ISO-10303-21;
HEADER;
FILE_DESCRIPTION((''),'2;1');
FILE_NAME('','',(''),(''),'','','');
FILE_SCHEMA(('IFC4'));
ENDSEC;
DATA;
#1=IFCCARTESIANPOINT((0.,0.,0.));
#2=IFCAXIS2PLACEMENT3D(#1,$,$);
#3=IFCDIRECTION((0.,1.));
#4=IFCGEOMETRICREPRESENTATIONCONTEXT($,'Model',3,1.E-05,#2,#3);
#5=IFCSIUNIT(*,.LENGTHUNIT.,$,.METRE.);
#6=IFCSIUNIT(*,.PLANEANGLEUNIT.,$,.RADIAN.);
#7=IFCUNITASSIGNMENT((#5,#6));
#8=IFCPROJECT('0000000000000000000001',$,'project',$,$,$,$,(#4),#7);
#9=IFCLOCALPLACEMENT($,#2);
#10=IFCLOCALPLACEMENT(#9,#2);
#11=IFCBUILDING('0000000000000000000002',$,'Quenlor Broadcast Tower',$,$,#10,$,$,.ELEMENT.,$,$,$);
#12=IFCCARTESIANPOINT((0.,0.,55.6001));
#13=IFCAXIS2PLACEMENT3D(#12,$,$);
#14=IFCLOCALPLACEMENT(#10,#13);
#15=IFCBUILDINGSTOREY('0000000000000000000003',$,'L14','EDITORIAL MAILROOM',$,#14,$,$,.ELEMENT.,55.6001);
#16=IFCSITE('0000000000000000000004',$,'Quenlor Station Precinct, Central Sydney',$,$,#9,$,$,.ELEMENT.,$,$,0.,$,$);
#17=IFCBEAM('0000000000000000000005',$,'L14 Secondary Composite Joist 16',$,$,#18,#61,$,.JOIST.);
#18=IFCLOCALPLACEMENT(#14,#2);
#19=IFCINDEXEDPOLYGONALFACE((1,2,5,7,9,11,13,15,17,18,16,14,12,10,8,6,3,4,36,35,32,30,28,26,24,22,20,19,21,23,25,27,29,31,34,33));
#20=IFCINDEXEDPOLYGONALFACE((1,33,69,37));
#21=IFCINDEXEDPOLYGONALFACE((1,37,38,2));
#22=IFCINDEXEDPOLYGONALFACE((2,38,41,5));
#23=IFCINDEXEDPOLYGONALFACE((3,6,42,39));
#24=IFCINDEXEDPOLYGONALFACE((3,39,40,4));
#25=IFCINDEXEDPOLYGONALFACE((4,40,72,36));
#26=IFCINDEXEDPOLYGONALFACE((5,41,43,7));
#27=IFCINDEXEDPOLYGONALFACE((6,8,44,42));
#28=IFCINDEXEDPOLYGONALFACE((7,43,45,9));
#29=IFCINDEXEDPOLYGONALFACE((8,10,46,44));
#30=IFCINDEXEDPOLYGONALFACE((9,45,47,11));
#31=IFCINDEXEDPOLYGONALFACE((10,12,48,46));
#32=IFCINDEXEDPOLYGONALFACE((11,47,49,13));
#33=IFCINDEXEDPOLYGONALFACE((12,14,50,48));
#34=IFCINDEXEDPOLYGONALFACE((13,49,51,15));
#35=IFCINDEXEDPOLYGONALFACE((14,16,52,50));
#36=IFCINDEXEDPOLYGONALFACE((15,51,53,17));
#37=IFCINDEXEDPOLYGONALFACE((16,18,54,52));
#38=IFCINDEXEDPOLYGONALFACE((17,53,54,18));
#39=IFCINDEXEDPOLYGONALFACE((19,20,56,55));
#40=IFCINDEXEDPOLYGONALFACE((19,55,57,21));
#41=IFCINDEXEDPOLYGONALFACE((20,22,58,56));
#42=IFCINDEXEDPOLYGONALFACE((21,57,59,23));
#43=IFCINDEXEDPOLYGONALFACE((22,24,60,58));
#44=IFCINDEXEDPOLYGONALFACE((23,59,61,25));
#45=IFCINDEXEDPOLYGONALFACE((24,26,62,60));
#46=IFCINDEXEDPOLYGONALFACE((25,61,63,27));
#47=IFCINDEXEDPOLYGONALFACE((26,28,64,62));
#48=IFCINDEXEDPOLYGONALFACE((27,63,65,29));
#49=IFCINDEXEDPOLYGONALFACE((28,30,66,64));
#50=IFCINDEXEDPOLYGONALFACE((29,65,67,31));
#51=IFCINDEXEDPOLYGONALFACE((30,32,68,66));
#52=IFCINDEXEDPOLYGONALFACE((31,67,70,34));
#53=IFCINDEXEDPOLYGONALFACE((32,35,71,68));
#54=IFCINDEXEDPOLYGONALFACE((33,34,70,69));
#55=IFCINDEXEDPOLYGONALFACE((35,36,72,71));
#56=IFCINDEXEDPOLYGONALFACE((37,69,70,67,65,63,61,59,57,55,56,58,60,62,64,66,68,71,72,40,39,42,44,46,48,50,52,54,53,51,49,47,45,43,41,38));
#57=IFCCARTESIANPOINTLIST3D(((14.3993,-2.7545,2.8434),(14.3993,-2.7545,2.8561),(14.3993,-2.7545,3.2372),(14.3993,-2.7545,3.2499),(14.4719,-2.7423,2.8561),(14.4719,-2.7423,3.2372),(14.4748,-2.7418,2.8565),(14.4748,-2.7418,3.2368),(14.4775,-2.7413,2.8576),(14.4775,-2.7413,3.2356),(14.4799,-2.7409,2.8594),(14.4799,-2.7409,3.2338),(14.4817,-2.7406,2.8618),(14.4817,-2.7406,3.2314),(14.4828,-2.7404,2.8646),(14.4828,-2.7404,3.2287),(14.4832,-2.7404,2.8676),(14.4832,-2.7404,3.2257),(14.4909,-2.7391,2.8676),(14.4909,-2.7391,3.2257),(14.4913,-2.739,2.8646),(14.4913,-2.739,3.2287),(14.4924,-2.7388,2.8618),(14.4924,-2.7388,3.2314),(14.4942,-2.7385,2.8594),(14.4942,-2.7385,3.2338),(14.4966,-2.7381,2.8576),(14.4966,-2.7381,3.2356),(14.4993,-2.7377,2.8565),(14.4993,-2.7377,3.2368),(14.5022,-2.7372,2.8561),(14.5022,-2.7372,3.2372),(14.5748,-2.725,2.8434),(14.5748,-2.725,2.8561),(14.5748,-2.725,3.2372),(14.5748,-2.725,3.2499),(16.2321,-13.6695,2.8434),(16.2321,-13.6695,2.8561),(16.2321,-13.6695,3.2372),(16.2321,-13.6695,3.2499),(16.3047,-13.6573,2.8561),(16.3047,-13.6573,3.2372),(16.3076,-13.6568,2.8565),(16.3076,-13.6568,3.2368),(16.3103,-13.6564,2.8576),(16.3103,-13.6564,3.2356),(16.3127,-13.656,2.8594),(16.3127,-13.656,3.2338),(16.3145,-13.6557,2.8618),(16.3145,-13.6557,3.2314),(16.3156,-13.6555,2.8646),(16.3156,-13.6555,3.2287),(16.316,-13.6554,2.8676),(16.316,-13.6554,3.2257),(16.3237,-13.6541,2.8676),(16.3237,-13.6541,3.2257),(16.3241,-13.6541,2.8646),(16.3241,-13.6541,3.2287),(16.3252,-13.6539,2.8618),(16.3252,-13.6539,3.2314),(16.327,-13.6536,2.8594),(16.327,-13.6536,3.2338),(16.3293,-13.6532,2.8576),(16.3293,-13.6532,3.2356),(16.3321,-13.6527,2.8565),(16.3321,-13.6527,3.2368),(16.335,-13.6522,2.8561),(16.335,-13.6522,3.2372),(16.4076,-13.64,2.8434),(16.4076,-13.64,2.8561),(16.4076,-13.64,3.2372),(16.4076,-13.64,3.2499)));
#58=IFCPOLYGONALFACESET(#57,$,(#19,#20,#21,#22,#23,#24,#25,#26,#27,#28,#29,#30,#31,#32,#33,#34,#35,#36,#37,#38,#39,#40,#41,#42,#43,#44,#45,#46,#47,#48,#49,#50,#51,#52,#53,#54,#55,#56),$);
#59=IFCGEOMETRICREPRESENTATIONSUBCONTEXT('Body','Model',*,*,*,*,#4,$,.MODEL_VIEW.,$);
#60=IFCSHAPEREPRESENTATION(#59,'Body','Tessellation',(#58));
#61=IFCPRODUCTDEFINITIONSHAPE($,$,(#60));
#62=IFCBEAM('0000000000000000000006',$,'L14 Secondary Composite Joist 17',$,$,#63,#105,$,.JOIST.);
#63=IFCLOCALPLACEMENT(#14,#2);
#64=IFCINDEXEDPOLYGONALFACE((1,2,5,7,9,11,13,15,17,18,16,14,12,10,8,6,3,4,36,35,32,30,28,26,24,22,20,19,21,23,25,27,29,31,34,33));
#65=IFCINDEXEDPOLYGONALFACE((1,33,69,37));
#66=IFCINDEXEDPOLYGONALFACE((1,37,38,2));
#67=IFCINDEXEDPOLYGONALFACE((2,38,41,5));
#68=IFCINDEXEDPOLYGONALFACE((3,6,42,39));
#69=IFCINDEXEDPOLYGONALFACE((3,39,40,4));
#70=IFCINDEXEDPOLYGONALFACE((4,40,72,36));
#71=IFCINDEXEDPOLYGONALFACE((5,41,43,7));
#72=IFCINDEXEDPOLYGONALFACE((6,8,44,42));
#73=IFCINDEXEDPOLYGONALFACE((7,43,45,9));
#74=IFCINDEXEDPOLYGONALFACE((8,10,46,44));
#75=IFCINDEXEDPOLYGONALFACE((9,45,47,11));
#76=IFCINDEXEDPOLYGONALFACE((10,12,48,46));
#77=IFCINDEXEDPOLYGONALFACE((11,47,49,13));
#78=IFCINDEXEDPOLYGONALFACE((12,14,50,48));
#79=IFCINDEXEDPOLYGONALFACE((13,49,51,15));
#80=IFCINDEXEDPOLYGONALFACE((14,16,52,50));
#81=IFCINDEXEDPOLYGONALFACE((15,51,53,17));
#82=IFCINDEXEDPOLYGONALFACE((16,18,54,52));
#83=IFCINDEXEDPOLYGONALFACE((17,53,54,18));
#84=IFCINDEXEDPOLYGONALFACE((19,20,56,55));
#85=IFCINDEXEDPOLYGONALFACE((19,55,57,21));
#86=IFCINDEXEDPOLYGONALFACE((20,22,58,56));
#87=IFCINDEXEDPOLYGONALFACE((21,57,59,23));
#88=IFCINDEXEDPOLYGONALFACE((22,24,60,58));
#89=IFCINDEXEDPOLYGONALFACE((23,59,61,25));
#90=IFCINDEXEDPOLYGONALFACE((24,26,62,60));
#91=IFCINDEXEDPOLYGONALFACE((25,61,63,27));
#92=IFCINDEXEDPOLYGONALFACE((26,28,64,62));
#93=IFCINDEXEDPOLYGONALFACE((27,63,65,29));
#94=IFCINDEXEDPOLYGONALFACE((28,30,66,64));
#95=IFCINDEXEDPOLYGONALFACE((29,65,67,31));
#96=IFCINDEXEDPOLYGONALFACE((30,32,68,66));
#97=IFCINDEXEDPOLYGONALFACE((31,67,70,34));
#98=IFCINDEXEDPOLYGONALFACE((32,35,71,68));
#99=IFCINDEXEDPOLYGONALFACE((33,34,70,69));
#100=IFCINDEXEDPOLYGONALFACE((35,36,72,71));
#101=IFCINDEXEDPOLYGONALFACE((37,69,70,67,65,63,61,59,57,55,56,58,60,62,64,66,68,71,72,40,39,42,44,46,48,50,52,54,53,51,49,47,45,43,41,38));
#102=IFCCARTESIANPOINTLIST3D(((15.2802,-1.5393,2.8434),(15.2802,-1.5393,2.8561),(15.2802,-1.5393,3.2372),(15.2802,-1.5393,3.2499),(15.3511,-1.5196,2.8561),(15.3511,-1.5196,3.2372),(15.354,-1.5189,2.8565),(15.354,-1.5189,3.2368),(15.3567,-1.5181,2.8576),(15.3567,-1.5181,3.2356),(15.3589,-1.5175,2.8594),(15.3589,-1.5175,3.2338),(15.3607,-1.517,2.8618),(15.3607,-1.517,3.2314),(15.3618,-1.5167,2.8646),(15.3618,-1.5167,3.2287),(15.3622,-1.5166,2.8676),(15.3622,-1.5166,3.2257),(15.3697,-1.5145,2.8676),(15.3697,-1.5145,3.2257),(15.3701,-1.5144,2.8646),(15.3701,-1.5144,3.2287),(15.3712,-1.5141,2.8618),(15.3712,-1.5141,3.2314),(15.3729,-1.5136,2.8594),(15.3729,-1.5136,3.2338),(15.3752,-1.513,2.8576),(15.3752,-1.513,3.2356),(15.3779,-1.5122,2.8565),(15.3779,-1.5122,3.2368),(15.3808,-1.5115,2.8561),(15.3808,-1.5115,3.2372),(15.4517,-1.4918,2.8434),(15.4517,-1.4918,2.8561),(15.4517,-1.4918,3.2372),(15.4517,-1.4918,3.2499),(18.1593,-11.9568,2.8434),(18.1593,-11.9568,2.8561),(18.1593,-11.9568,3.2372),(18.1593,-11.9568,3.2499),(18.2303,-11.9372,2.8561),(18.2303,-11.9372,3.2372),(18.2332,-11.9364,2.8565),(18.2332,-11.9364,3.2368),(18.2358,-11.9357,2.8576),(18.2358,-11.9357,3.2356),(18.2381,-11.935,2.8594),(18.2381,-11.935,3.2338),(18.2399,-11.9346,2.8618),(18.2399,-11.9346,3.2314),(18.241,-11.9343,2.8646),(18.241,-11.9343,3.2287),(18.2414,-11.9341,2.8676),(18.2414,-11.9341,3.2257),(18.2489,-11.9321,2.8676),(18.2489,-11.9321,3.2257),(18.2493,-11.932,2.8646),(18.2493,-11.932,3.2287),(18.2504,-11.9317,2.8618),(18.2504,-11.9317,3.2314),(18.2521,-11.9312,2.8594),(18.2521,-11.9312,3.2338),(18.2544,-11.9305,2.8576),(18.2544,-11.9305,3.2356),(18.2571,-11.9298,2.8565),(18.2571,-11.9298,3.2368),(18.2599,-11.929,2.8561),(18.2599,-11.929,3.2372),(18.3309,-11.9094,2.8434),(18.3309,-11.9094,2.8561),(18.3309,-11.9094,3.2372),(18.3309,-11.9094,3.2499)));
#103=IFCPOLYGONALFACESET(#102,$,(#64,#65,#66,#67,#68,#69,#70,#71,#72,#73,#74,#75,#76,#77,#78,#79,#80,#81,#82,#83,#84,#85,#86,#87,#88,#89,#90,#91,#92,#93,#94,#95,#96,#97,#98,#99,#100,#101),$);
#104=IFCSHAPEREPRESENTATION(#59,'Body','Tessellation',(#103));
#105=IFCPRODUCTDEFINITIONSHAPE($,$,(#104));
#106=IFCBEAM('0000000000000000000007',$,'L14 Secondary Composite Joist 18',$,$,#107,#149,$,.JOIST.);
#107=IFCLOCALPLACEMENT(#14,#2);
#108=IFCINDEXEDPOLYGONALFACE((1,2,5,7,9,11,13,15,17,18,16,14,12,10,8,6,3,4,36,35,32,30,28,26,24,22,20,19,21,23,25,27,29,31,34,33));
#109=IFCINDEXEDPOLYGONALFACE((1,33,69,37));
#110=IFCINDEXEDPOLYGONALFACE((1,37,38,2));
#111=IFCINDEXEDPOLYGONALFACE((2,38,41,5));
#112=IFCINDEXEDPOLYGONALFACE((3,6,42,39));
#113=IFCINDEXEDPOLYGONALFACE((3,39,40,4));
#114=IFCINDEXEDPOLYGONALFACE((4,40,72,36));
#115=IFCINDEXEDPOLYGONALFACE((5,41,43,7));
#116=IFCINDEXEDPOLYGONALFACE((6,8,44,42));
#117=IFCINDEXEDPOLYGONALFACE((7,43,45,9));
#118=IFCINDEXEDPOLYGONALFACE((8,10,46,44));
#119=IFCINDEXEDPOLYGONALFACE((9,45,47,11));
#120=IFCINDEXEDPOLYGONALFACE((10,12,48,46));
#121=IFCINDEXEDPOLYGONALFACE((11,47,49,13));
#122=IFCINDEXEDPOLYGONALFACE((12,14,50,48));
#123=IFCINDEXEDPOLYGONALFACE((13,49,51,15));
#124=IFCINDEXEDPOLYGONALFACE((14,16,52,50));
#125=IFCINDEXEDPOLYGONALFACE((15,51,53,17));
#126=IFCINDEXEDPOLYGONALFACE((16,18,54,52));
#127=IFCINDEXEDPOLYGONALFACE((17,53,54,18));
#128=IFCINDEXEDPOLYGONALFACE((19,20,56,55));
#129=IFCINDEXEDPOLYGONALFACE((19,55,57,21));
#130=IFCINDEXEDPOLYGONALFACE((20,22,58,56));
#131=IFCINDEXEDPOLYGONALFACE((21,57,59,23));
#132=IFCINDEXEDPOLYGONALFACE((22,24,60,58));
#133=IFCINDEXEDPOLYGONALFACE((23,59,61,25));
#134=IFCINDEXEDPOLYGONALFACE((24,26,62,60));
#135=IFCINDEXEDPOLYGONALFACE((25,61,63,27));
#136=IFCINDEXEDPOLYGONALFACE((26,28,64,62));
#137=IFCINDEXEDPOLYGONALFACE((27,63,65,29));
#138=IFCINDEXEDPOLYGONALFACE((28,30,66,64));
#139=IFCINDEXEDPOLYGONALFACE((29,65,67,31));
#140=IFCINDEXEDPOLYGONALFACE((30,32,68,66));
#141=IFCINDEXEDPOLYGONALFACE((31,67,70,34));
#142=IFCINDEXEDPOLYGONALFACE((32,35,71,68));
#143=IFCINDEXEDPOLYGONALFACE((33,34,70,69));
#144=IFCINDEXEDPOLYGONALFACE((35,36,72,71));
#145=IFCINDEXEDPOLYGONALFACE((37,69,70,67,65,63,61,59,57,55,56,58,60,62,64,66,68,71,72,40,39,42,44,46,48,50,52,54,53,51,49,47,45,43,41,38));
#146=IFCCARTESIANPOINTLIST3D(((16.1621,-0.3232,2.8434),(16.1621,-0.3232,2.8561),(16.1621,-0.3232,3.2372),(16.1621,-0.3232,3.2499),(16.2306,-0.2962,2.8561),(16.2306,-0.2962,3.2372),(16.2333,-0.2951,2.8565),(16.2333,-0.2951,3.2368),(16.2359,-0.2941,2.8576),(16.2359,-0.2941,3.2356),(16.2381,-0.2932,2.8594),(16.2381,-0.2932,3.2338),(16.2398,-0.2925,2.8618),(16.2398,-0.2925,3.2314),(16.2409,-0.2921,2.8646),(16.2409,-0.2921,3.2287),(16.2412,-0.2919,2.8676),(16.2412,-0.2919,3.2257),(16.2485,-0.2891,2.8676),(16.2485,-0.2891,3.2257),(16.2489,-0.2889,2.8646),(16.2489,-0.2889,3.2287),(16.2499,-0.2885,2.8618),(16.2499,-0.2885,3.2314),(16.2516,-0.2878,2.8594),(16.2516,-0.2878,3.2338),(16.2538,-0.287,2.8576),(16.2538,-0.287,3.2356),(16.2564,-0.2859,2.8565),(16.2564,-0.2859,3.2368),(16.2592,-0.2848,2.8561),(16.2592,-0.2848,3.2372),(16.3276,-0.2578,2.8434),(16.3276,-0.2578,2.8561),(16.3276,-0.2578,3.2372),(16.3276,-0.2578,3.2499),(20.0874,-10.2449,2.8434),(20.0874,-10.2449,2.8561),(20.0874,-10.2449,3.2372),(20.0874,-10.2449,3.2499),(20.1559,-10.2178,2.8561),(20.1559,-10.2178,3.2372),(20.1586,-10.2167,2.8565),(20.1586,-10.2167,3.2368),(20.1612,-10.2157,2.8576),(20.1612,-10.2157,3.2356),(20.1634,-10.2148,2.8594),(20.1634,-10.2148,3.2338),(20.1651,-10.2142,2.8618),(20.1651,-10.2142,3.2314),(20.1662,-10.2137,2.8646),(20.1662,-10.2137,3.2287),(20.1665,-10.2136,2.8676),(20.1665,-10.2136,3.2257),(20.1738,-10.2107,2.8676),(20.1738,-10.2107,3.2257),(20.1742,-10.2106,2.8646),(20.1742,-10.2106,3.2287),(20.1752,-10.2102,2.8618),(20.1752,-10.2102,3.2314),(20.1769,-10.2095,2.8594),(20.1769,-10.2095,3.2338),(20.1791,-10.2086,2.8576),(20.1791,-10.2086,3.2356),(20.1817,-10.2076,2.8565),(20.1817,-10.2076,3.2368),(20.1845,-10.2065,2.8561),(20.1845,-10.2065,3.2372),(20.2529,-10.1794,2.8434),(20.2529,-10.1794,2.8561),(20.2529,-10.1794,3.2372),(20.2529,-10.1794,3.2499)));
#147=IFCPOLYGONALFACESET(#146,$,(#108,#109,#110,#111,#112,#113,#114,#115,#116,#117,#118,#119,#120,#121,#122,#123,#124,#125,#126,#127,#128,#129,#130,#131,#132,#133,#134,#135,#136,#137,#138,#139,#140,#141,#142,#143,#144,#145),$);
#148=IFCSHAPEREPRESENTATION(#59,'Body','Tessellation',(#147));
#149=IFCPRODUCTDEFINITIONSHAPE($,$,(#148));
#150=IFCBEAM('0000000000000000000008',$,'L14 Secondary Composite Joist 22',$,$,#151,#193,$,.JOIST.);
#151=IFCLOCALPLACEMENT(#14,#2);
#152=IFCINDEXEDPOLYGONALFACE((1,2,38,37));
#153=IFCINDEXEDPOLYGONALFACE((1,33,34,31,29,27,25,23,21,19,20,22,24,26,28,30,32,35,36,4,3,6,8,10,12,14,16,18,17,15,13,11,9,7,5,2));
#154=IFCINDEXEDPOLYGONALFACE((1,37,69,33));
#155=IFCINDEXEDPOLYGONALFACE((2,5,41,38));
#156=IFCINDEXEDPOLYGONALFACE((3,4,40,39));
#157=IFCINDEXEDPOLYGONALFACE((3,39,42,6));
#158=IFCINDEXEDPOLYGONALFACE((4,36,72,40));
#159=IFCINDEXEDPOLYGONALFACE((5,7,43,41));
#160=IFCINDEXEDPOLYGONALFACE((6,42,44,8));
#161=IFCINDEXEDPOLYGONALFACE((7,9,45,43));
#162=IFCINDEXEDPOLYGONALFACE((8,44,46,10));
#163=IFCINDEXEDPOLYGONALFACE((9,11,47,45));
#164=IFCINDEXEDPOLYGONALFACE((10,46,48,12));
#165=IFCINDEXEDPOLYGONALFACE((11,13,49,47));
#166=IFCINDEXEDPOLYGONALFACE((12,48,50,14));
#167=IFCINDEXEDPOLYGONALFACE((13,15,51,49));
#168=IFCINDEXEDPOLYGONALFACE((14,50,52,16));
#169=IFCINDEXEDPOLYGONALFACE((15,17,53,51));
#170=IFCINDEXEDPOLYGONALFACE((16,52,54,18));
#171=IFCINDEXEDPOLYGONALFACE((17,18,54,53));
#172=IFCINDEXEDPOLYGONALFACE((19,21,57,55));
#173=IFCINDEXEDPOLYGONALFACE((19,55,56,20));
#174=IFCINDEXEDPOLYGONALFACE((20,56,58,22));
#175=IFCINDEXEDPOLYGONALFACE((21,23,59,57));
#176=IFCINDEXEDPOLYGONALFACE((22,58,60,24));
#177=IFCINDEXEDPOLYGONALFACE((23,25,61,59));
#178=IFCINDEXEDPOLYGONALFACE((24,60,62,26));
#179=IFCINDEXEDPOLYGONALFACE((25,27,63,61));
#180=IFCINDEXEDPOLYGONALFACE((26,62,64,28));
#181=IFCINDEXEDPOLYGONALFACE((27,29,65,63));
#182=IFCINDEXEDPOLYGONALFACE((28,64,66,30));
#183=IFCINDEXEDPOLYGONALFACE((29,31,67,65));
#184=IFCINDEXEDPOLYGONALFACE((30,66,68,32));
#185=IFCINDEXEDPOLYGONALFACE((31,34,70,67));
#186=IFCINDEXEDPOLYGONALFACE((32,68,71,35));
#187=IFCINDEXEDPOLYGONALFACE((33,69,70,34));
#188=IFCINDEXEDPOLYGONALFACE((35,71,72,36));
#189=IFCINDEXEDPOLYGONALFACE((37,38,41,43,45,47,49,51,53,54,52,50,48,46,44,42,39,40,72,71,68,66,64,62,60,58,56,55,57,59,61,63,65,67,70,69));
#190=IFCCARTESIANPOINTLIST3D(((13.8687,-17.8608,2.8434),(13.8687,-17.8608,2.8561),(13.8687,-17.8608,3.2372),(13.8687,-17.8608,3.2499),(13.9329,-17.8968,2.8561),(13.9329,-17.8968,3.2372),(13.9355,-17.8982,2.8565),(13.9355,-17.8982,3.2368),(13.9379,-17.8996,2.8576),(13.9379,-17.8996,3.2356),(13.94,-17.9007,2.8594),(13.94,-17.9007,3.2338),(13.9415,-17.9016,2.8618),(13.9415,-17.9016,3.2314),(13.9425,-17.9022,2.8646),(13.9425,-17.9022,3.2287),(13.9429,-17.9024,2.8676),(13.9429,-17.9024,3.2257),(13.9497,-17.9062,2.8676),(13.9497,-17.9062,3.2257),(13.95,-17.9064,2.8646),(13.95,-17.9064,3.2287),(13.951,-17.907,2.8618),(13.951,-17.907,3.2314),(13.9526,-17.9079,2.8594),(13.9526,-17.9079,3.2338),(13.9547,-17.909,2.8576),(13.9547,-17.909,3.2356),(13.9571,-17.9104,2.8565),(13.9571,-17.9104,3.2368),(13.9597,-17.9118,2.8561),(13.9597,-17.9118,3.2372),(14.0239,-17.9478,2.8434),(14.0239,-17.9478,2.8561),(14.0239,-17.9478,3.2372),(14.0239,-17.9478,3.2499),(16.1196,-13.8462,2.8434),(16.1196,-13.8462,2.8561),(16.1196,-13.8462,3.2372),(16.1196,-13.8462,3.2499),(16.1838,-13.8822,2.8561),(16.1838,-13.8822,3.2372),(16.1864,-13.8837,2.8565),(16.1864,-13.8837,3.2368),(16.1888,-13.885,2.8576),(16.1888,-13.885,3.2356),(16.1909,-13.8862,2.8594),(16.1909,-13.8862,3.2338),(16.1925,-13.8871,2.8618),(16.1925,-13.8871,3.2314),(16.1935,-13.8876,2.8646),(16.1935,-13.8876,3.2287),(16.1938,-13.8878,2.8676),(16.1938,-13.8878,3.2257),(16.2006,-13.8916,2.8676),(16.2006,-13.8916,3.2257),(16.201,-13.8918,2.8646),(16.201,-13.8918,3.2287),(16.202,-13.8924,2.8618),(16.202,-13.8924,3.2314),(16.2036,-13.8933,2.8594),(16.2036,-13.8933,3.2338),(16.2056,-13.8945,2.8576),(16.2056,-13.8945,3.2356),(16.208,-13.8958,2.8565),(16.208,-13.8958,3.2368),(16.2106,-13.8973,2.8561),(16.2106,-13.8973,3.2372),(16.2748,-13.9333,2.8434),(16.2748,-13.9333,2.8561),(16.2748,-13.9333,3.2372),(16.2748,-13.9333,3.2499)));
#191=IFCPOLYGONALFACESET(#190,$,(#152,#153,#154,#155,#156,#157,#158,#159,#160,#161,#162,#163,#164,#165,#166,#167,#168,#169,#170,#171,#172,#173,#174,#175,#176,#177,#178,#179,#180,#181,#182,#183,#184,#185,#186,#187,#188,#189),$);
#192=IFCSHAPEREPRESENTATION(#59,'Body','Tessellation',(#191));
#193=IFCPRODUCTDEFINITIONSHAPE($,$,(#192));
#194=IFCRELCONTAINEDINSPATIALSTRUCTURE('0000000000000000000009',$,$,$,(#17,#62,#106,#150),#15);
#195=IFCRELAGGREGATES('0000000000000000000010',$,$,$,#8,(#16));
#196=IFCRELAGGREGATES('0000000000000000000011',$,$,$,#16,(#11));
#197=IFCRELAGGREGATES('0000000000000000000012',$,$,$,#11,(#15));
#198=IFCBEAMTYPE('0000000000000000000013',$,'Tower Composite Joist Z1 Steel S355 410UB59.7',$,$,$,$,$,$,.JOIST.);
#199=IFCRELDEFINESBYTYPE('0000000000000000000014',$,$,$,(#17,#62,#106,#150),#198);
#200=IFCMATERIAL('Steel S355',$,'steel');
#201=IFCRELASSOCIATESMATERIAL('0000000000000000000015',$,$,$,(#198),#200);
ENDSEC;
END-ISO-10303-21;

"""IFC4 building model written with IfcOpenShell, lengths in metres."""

from ifc_helpers import new_model, si_unit, direction, frame, origin, origin_2d, place, context, subcontext, project, spatial, i_section, extrude, material, material_profile, profile_set, type_object, element, save


model = new_model("IFC4")

# Units and contexts
model_context = context("Model", 3, precision=1e-05, world=origin(), true_north=direction((0.0, 1.0)))
body_context = subcontext(model_context, "Body", "Model", "MODEL_VIEW")
ifc_project = project(units=[si_unit("LENGTHUNIT", "METRE"), si_unit("PLANEANGLEUNIT", "RADIAN")], contexts=[model_context])

# Site, building, storey
site_placement = place(None, origin())
site = spatial("IfcSite", under=ifc_project, at=site_placement, Name="Quenlor Station Precinct, Central Sydney", CompositionType="ELEMENT", RefElevation=0.0)
building_placement = place(site_placement, origin())
building = spatial("IfcBuilding", under=site, at=building_placement, Name="Quenlor Broadcast Tower", CompositionType="ELEMENT")
storey_placement = place(building_placement, frame((0.0, 0.0, 55.6001)))
storey = spatial("IfcBuildingStorey", under=building, at=storey_placement, Name="L14", Description="EDITORIAL MAILROOM", CompositionType="ELEMENT", Elevation=55.6001)

# Beams
ifc_material_1 = material(Name="Steel S355", Category="steel")
ifc_material_profile_1 = material_profile(ifc_material_1, i_section(OverallWidth=0.178, OverallDepth=0.4065, WebThickness=0.0078, FlangeThickness=0.0127, FilletRadius=0.0115, at=origin_2d()))
ifc_profile_set_1 = profile_set([ifc_material_profile_1], Name="Steel S355 410UB59.7")
beam_type_1 = type_object("IfcBeamType", Name="Tower Composite Joist Z1 Steel S355 410UB59.7", PredefinedType="JOIST", material=ifc_profile_set_1)
beam_1_placement = place(storey_placement, frame((16.3198, -13.6548, 3.0466), z_axis=(-0.165594, 0.986194, 0.0), x_axis=(-0.986194, -0.165594, 0.0)))
element("IfcBeam", 1, at=beam_1_placement, inside=storey, type_object=beam_type_1, Name="L14 Secondary Composite Joist 16", PredefinedType="JOIST", context=body_context, shape_type="SweptSolid", body=[
    extrude(i_section(OverallWidth=0.178, OverallDepth=0.4065, WebThickness=0.0078, FlangeThickness=0.0127, FilletRadius=0.0115, at=origin_2d()), origin(), (0.0, 0.0, 1.0), 11.0679),
])
beam_2_placement = place(storey_placement, frame((18.2451, -11.9331, 3.0466), z_axis=(-0.26639, 0.963865, 0.0), x_axis=(-0.963865, -0.26639, 0.0)))
element("IfcBeam", 2, at=beam_2_placement, inside=storey, type_object=beam_type_1, Name="L14 Secondary Composite Joist 17", PredefinedType="JOIST", context=body_context, shape_type="SweptSolid", body=[
    extrude(i_section(OverallWidth=0.178, OverallDepth=0.4065, WebThickness=0.0078, FlangeThickness=0.0127, FilletRadius=0.0115, at=origin_2d()), origin(), (0.0, 0.0, 1.0), 10.8081),
])
beam_3_placement = place(storey_placement, frame((20.1702, -10.2122, 3.0466), z_axis=(-0.367885, 0.929871, 0.0), x_axis=(-0.929871, -0.367885, 0.0)))
element("IfcBeam", 3, at=beam_3_placement, inside=storey, type_object=beam_type_1, Name="L14 Secondary Composite Joist 18", PredefinedType="JOIST", context=body_context, shape_type="SweptSolid", body=[
    extrude(i_section(OverallWidth=0.178, OverallDepth=0.4065, WebThickness=0.0078, FlangeThickness=0.0127, FilletRadius=0.0115, at=origin_2d()), origin(), (0.0, 0.0, 1.0), 10.6699),
])
beam_4_placement = place(storey_placement, frame((13.9463, -17.9043, 3.0466), z_axis=(0.489062, 0.872249, 0.0), x_axis=(-0.872249, 0.489062, 0.0)))
element("IfcBeam", 4, at=beam_4_placement, inside=storey, type_object=beam_type_1, Name="L14 Secondary Composite Joist 22", PredefinedType="JOIST", context=body_context, shape_type="SweptSolid", body=[
    extrude(i_section(OverallWidth=0.178, OverallDepth=0.4065, WebThickness=0.0078, FlangeThickness=0.0127, FilletRadius=0.0115, at=origin_2d()), origin(), (0.0, 0.0, 1.0), 4.6025),
])

save(model, "model.ifc")
